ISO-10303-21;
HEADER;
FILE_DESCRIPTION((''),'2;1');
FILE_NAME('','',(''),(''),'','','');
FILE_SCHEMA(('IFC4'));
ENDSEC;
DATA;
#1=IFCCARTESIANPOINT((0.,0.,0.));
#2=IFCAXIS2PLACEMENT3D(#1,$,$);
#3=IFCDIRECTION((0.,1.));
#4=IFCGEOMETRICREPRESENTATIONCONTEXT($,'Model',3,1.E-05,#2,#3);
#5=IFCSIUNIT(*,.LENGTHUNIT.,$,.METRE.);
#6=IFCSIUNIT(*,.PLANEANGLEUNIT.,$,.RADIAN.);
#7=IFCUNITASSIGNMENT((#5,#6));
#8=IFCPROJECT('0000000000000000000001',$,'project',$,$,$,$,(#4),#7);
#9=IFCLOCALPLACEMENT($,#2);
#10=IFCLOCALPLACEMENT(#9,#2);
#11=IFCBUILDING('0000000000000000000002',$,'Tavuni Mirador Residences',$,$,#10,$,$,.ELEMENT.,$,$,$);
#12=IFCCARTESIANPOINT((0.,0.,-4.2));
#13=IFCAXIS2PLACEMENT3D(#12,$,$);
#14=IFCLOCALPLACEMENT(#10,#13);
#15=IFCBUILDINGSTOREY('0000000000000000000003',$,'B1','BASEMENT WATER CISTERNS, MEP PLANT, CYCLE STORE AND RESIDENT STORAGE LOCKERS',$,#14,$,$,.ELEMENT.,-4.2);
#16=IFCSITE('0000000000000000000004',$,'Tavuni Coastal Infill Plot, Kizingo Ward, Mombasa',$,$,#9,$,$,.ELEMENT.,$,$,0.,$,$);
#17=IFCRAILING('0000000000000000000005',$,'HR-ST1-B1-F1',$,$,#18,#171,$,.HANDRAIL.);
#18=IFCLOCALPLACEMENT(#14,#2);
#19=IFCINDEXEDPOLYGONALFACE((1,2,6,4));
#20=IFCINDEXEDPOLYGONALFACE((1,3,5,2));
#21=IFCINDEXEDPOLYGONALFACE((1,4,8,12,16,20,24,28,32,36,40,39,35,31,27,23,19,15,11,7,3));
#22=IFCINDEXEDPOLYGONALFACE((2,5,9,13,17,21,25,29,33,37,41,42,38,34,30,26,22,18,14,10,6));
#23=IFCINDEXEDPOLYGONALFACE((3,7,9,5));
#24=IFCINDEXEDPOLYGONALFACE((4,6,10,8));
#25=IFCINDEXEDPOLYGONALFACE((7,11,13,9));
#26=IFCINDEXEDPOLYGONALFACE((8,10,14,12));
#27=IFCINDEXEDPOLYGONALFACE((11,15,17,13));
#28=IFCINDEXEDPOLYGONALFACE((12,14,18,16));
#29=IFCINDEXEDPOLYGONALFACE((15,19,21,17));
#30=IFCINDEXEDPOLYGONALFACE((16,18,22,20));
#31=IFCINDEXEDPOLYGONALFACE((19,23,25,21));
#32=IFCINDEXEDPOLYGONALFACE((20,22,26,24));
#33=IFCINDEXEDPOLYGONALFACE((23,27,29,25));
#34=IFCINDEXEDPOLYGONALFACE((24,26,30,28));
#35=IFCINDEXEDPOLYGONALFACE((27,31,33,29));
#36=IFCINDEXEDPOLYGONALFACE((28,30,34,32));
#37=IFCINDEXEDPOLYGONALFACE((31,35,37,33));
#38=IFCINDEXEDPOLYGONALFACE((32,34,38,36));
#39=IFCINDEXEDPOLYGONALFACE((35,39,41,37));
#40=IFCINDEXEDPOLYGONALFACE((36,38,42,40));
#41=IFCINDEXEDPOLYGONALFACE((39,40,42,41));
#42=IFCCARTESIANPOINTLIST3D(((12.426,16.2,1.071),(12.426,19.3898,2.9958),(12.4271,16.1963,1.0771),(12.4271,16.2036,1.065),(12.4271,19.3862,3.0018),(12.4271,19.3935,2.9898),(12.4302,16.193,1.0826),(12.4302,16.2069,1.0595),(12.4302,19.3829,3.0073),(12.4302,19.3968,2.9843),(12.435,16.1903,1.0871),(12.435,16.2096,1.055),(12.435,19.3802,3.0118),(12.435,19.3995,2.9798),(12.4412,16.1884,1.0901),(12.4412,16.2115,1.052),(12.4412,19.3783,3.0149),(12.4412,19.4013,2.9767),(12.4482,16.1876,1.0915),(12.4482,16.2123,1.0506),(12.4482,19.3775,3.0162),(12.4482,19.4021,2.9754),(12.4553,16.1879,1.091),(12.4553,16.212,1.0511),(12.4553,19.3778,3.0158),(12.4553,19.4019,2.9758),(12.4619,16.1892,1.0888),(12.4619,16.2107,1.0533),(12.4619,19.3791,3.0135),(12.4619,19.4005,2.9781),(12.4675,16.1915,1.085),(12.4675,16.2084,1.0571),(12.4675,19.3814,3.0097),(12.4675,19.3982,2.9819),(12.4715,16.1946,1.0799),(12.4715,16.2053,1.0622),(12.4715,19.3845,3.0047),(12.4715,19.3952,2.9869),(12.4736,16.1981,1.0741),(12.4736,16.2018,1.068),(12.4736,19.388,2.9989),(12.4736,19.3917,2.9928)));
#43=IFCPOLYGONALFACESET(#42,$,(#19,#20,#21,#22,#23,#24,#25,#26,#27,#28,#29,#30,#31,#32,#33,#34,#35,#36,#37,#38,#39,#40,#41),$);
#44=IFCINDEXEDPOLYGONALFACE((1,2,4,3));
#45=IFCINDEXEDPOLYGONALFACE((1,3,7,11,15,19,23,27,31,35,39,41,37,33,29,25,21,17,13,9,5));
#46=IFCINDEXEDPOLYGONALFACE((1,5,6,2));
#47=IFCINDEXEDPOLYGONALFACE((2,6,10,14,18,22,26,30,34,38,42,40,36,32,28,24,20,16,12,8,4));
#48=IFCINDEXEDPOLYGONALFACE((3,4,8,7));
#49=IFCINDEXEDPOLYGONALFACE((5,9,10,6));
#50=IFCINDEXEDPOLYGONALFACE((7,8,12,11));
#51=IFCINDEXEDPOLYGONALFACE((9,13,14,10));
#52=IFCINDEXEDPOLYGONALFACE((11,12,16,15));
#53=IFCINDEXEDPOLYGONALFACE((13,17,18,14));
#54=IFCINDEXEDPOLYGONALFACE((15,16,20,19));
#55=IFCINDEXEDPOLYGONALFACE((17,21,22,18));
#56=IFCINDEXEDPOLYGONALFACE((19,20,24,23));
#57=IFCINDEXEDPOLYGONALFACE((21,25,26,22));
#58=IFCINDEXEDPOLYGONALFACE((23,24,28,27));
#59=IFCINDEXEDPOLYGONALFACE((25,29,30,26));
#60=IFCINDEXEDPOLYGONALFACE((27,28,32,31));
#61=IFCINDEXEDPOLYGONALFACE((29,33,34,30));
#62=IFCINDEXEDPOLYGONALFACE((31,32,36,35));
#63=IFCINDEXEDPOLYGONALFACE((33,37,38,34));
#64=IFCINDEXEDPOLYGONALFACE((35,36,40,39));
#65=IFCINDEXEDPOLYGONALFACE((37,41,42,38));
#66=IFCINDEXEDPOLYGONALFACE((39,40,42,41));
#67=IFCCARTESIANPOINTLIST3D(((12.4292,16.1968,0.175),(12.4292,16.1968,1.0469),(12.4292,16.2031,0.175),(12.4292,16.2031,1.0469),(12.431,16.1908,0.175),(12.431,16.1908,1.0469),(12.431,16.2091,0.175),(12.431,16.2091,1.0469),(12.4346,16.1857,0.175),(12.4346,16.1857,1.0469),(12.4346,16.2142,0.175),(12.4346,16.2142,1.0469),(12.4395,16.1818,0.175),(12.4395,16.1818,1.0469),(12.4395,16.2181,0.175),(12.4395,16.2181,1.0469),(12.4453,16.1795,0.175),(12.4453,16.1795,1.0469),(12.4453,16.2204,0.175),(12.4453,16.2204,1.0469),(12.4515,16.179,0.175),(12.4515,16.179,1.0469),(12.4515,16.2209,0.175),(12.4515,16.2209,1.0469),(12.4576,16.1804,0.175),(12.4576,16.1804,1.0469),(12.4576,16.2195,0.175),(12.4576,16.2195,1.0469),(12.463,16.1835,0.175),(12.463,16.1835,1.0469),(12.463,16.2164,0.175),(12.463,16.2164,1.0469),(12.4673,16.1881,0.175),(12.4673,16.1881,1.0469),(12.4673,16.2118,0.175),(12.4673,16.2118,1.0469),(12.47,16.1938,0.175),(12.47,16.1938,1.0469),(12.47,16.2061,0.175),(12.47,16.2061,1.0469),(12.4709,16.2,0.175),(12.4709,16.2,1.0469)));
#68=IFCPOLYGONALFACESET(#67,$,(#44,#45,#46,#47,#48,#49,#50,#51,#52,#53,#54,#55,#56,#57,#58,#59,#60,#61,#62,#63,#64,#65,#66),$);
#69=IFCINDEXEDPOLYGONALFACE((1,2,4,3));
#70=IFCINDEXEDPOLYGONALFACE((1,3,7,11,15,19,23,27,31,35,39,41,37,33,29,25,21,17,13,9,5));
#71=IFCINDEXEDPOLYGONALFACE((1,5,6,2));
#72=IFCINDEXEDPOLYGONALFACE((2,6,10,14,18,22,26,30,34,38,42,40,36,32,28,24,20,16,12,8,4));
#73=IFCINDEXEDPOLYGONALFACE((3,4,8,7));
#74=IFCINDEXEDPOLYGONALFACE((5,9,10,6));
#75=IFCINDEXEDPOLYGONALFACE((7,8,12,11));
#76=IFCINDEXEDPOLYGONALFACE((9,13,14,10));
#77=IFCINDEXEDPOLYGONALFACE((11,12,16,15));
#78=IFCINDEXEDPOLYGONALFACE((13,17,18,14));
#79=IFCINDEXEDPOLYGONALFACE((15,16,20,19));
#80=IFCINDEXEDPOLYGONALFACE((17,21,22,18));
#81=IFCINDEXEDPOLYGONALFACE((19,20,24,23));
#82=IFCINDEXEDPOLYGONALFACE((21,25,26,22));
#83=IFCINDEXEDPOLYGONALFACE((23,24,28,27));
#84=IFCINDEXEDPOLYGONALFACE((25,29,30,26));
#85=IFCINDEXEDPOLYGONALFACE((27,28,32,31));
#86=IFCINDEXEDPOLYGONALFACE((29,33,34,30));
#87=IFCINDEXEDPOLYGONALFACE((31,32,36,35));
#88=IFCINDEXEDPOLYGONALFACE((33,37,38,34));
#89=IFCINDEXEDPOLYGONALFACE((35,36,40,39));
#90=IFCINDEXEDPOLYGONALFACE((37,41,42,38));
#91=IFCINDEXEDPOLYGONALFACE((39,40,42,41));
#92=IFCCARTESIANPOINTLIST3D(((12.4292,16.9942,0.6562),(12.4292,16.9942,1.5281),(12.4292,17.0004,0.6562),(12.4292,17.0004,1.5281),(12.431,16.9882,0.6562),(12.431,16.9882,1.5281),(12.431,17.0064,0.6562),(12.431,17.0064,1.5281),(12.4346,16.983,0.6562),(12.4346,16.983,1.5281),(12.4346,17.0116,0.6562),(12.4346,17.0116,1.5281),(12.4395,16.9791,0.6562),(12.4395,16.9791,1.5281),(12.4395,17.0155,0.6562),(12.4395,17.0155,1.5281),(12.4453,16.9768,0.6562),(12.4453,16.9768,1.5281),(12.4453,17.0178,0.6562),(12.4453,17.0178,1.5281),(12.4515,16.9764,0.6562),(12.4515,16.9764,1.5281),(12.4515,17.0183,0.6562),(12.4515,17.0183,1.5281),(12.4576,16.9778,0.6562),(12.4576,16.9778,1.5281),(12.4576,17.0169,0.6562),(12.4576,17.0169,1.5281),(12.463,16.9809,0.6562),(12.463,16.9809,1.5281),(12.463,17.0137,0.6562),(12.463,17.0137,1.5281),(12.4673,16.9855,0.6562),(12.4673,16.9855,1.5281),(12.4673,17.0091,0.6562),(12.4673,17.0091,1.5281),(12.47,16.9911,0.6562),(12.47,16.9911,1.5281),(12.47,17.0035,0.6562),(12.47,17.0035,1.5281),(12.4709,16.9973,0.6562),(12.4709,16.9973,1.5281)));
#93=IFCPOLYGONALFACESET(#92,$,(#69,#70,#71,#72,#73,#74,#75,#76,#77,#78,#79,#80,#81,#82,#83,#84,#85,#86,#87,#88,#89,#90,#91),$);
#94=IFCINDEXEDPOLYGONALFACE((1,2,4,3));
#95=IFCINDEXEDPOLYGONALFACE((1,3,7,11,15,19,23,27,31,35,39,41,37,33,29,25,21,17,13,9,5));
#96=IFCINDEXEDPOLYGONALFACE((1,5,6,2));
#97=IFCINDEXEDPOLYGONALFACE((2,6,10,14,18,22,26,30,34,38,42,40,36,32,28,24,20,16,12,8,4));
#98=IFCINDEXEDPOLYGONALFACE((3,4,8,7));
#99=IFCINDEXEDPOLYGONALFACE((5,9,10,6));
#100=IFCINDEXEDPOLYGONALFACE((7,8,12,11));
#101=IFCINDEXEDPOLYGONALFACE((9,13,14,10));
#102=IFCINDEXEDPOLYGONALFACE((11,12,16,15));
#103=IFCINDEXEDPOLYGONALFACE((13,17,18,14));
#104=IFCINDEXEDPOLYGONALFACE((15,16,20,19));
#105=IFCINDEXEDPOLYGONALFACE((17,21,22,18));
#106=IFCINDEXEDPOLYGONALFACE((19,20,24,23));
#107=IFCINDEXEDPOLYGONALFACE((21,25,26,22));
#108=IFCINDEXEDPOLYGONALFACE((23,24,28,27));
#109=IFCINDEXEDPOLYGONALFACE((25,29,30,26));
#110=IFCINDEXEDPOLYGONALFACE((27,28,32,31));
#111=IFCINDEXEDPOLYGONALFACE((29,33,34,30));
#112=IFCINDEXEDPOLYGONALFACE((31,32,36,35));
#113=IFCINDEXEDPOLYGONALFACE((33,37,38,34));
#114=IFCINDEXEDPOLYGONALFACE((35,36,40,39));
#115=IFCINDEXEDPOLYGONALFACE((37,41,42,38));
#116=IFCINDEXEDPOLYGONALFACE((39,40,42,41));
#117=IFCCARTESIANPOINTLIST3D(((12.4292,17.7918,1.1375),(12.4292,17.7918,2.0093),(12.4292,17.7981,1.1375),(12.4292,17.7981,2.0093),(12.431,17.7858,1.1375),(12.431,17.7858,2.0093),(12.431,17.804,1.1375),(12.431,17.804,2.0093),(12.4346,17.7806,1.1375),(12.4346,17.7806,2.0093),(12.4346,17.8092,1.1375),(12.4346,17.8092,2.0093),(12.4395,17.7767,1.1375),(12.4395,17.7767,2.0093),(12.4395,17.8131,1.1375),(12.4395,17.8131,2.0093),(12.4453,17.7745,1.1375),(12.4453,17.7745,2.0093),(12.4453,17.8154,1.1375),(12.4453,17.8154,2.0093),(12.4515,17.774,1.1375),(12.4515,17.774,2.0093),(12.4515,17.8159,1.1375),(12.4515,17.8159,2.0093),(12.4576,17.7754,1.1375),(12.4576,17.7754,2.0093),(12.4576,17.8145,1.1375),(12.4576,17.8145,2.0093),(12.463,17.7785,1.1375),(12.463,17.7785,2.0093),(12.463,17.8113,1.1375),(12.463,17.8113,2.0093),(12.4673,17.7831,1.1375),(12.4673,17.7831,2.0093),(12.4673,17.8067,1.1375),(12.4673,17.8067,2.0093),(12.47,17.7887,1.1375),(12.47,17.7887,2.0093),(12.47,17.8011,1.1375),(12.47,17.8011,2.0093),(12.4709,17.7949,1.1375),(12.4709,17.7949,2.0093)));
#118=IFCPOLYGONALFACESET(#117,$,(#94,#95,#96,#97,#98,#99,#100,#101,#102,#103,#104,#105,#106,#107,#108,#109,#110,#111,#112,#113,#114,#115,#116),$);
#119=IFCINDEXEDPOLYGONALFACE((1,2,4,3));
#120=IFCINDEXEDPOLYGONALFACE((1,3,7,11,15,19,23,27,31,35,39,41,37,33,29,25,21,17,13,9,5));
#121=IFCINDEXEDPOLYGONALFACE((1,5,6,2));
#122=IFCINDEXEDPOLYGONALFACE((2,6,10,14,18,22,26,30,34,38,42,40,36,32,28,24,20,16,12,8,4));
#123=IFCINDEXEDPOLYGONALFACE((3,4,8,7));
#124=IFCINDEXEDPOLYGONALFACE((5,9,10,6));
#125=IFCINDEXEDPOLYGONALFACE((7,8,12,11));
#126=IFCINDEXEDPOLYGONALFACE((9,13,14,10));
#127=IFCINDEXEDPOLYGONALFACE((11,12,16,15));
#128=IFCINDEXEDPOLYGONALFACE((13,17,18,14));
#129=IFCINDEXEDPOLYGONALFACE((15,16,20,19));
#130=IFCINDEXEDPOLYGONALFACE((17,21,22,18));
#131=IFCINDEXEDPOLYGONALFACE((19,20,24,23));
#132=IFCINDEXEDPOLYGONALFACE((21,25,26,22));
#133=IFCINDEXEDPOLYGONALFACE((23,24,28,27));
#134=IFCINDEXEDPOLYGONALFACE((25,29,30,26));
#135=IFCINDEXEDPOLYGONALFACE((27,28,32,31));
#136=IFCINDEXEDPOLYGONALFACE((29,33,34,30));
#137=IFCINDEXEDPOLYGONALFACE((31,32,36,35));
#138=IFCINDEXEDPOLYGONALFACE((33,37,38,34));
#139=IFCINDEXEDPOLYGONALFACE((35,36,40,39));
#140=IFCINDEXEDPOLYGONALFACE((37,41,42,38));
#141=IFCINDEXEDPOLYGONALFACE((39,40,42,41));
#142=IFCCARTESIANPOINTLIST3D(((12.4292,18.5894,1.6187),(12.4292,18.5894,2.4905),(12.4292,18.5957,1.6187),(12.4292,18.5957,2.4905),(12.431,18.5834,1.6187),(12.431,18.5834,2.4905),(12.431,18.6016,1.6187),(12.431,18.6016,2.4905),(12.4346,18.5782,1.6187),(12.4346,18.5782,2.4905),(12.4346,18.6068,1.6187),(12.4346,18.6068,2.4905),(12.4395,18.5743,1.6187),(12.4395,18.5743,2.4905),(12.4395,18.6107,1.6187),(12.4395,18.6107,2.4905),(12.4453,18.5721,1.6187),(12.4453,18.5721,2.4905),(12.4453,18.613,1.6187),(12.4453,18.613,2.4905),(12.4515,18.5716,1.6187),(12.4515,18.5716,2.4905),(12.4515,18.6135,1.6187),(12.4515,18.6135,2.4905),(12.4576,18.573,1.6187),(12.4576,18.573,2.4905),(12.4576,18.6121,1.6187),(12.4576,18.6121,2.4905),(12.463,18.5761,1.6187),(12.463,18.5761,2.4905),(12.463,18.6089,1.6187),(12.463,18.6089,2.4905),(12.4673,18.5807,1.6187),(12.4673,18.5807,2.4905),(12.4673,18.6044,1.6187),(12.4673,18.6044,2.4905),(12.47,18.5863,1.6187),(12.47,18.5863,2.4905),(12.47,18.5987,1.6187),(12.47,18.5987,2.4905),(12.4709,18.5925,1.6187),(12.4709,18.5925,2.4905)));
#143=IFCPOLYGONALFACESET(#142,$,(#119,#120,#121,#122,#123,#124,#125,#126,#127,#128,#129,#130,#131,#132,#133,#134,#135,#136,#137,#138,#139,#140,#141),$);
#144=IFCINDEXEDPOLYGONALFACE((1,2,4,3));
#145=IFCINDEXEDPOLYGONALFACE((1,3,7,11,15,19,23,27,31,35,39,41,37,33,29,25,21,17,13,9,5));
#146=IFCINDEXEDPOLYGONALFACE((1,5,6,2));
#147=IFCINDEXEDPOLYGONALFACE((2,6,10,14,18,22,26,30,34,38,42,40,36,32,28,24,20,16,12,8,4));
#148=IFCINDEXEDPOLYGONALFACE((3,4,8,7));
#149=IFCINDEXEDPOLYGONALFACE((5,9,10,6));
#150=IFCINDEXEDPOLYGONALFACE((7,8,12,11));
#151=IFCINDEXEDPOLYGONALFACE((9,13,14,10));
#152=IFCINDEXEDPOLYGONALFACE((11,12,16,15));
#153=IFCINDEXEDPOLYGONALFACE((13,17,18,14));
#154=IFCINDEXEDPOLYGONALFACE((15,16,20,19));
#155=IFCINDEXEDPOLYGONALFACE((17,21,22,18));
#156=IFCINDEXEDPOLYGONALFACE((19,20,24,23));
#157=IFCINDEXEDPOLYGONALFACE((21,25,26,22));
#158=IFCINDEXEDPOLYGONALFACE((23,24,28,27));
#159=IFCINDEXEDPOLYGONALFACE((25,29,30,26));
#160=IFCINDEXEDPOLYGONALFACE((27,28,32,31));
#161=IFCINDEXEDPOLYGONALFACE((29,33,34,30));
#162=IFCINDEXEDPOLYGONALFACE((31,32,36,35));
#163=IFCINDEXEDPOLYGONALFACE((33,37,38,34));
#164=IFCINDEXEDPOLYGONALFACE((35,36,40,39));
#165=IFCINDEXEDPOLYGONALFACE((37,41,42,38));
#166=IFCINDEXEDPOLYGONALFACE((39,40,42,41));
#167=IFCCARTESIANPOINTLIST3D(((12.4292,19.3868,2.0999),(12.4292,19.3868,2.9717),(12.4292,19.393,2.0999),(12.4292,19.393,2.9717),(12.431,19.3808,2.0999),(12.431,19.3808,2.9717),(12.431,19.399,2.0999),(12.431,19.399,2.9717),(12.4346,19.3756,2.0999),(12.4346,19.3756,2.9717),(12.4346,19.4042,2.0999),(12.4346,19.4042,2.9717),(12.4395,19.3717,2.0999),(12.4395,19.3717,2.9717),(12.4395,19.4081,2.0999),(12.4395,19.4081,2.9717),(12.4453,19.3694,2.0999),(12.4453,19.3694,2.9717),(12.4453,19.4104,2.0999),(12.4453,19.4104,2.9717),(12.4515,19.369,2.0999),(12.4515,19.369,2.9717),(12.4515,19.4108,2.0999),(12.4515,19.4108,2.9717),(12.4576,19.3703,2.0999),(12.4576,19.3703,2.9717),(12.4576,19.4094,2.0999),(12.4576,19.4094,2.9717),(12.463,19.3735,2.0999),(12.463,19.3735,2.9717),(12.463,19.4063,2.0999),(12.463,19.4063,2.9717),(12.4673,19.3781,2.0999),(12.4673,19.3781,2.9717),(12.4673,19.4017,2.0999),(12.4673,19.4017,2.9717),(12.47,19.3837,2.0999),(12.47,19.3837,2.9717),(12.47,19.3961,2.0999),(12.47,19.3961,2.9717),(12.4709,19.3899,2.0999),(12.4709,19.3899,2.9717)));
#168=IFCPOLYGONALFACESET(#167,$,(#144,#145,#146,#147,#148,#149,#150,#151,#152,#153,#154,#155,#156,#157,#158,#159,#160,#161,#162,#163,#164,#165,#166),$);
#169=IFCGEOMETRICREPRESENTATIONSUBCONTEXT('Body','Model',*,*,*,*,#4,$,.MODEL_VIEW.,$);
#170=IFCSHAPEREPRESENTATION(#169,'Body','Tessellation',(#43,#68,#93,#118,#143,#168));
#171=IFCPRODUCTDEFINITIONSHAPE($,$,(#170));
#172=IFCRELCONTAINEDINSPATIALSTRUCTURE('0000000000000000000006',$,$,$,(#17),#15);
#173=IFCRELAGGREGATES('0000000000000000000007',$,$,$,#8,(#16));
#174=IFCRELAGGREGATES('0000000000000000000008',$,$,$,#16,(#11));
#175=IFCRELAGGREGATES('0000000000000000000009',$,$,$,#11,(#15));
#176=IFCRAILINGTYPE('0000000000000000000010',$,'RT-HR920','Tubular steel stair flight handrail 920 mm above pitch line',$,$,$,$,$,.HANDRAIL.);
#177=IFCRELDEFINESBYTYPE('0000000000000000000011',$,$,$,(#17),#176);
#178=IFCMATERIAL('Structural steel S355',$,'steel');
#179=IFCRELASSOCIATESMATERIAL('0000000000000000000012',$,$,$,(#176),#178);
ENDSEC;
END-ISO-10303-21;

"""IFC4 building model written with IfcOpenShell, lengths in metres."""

from ifc_helpers import new_model, si_unit, direction, frame, origin, origin_2d, place, context, subcontext, project, spatial, circle, extrude, material, type_object, element, save


model = new_model("IFC4")

# Units and contexts
model_context = context("Model", 3, precision=1e-05, world=origin(), true_north=direction((0.0, 1.0)))
body_context = subcontext(model_context, "Body", "Model", "MODEL_VIEW")
ifc_project = project(units=[si_unit("LENGTHUNIT", "METRE"), si_unit("PLANEANGLEUNIT", "RADIAN")], contexts=[model_context])

# Site, building, storey
site_placement = place(None, origin())
site = spatial("IfcSite", under=ifc_project, at=site_placement, Name="Tavuni Coastal Infill Plot, Kizingo Ward, Mombasa", CompositionType="ELEMENT", RefElevation=0.0)
building_placement = place(site_placement, origin())
building = spatial("IfcBuilding", under=site, at=building_placement, Name="Tavuni Mirador Residences", CompositionType="ELEMENT")
storey_placement = place(building_placement, frame((0.0, 0.0, -4.2)))
storey = spatial("IfcBuildingStorey", under=building, at=storey_placement, Name="B1", Description="BASEMENT WATER CISTERNS, MEP PLANT, CYCLE STORE AND RESIDENT STORAGE LOCKERS", CompositionType="ELEMENT", Elevation=-4.2)

# Shared definitions
ifc_material_1 = material(Name="Structural steel S355", Category="steel")

# Railing
railing_type_1 = type_object("IfcRailingType", Name="RT-HR920", Description="Tubular steel stair flight handrail 920 mm above pitch line", PredefinedType="HANDRAIL", material=ifc_material_1)
railing_1_placement = place(storey_placement, frame((12.45, 16.2, 0.175)))
element("IfcRailing", 1, at=railing_1_placement, inside=storey, type_object=railing_type_1, Name="HR-ST1-B1-F1", PredefinedType="HANDRAIL", context=body_context, shape_type="SweptSolid", body=[
    extrude(circle(Radius=0.0239, at=origin_2d()), frame((0.0, 0.0, 0.896), z_axis=(0.0, 0.856207, 0.516633), x_axis=(-1.0, 0.0, 0.0)), (0.0, 0.0, 1.0), 3.7256),
    extrude(circle(Radius=0.021, at=origin_2d()), origin(), (0.0, 0.0, 1.0), 0.8718),
    extrude(circle(Radius=0.021, at=origin_2d()), frame((0.0, 0.7974, 0.4812)), (0.0, 0.0, 1.0), 0.8718),
    extrude(circle(Radius=0.021, at=origin_2d()), frame((0.0, 1.595, 0.9624)), (0.0, 0.0, 1.0), 0.8718),
    extrude(circle(Radius=0.021, at=origin_2d()), frame((0.0, 2.3926, 1.4436)), (0.0, 0.0, 1.0), 0.8718),
    extrude(circle(Radius=0.021, at=origin_2d()), frame((0.0, 3.1899, 1.9248)), (0.0, 0.0, 1.0), 0.8718),
])

save(model, "model.ifc")
